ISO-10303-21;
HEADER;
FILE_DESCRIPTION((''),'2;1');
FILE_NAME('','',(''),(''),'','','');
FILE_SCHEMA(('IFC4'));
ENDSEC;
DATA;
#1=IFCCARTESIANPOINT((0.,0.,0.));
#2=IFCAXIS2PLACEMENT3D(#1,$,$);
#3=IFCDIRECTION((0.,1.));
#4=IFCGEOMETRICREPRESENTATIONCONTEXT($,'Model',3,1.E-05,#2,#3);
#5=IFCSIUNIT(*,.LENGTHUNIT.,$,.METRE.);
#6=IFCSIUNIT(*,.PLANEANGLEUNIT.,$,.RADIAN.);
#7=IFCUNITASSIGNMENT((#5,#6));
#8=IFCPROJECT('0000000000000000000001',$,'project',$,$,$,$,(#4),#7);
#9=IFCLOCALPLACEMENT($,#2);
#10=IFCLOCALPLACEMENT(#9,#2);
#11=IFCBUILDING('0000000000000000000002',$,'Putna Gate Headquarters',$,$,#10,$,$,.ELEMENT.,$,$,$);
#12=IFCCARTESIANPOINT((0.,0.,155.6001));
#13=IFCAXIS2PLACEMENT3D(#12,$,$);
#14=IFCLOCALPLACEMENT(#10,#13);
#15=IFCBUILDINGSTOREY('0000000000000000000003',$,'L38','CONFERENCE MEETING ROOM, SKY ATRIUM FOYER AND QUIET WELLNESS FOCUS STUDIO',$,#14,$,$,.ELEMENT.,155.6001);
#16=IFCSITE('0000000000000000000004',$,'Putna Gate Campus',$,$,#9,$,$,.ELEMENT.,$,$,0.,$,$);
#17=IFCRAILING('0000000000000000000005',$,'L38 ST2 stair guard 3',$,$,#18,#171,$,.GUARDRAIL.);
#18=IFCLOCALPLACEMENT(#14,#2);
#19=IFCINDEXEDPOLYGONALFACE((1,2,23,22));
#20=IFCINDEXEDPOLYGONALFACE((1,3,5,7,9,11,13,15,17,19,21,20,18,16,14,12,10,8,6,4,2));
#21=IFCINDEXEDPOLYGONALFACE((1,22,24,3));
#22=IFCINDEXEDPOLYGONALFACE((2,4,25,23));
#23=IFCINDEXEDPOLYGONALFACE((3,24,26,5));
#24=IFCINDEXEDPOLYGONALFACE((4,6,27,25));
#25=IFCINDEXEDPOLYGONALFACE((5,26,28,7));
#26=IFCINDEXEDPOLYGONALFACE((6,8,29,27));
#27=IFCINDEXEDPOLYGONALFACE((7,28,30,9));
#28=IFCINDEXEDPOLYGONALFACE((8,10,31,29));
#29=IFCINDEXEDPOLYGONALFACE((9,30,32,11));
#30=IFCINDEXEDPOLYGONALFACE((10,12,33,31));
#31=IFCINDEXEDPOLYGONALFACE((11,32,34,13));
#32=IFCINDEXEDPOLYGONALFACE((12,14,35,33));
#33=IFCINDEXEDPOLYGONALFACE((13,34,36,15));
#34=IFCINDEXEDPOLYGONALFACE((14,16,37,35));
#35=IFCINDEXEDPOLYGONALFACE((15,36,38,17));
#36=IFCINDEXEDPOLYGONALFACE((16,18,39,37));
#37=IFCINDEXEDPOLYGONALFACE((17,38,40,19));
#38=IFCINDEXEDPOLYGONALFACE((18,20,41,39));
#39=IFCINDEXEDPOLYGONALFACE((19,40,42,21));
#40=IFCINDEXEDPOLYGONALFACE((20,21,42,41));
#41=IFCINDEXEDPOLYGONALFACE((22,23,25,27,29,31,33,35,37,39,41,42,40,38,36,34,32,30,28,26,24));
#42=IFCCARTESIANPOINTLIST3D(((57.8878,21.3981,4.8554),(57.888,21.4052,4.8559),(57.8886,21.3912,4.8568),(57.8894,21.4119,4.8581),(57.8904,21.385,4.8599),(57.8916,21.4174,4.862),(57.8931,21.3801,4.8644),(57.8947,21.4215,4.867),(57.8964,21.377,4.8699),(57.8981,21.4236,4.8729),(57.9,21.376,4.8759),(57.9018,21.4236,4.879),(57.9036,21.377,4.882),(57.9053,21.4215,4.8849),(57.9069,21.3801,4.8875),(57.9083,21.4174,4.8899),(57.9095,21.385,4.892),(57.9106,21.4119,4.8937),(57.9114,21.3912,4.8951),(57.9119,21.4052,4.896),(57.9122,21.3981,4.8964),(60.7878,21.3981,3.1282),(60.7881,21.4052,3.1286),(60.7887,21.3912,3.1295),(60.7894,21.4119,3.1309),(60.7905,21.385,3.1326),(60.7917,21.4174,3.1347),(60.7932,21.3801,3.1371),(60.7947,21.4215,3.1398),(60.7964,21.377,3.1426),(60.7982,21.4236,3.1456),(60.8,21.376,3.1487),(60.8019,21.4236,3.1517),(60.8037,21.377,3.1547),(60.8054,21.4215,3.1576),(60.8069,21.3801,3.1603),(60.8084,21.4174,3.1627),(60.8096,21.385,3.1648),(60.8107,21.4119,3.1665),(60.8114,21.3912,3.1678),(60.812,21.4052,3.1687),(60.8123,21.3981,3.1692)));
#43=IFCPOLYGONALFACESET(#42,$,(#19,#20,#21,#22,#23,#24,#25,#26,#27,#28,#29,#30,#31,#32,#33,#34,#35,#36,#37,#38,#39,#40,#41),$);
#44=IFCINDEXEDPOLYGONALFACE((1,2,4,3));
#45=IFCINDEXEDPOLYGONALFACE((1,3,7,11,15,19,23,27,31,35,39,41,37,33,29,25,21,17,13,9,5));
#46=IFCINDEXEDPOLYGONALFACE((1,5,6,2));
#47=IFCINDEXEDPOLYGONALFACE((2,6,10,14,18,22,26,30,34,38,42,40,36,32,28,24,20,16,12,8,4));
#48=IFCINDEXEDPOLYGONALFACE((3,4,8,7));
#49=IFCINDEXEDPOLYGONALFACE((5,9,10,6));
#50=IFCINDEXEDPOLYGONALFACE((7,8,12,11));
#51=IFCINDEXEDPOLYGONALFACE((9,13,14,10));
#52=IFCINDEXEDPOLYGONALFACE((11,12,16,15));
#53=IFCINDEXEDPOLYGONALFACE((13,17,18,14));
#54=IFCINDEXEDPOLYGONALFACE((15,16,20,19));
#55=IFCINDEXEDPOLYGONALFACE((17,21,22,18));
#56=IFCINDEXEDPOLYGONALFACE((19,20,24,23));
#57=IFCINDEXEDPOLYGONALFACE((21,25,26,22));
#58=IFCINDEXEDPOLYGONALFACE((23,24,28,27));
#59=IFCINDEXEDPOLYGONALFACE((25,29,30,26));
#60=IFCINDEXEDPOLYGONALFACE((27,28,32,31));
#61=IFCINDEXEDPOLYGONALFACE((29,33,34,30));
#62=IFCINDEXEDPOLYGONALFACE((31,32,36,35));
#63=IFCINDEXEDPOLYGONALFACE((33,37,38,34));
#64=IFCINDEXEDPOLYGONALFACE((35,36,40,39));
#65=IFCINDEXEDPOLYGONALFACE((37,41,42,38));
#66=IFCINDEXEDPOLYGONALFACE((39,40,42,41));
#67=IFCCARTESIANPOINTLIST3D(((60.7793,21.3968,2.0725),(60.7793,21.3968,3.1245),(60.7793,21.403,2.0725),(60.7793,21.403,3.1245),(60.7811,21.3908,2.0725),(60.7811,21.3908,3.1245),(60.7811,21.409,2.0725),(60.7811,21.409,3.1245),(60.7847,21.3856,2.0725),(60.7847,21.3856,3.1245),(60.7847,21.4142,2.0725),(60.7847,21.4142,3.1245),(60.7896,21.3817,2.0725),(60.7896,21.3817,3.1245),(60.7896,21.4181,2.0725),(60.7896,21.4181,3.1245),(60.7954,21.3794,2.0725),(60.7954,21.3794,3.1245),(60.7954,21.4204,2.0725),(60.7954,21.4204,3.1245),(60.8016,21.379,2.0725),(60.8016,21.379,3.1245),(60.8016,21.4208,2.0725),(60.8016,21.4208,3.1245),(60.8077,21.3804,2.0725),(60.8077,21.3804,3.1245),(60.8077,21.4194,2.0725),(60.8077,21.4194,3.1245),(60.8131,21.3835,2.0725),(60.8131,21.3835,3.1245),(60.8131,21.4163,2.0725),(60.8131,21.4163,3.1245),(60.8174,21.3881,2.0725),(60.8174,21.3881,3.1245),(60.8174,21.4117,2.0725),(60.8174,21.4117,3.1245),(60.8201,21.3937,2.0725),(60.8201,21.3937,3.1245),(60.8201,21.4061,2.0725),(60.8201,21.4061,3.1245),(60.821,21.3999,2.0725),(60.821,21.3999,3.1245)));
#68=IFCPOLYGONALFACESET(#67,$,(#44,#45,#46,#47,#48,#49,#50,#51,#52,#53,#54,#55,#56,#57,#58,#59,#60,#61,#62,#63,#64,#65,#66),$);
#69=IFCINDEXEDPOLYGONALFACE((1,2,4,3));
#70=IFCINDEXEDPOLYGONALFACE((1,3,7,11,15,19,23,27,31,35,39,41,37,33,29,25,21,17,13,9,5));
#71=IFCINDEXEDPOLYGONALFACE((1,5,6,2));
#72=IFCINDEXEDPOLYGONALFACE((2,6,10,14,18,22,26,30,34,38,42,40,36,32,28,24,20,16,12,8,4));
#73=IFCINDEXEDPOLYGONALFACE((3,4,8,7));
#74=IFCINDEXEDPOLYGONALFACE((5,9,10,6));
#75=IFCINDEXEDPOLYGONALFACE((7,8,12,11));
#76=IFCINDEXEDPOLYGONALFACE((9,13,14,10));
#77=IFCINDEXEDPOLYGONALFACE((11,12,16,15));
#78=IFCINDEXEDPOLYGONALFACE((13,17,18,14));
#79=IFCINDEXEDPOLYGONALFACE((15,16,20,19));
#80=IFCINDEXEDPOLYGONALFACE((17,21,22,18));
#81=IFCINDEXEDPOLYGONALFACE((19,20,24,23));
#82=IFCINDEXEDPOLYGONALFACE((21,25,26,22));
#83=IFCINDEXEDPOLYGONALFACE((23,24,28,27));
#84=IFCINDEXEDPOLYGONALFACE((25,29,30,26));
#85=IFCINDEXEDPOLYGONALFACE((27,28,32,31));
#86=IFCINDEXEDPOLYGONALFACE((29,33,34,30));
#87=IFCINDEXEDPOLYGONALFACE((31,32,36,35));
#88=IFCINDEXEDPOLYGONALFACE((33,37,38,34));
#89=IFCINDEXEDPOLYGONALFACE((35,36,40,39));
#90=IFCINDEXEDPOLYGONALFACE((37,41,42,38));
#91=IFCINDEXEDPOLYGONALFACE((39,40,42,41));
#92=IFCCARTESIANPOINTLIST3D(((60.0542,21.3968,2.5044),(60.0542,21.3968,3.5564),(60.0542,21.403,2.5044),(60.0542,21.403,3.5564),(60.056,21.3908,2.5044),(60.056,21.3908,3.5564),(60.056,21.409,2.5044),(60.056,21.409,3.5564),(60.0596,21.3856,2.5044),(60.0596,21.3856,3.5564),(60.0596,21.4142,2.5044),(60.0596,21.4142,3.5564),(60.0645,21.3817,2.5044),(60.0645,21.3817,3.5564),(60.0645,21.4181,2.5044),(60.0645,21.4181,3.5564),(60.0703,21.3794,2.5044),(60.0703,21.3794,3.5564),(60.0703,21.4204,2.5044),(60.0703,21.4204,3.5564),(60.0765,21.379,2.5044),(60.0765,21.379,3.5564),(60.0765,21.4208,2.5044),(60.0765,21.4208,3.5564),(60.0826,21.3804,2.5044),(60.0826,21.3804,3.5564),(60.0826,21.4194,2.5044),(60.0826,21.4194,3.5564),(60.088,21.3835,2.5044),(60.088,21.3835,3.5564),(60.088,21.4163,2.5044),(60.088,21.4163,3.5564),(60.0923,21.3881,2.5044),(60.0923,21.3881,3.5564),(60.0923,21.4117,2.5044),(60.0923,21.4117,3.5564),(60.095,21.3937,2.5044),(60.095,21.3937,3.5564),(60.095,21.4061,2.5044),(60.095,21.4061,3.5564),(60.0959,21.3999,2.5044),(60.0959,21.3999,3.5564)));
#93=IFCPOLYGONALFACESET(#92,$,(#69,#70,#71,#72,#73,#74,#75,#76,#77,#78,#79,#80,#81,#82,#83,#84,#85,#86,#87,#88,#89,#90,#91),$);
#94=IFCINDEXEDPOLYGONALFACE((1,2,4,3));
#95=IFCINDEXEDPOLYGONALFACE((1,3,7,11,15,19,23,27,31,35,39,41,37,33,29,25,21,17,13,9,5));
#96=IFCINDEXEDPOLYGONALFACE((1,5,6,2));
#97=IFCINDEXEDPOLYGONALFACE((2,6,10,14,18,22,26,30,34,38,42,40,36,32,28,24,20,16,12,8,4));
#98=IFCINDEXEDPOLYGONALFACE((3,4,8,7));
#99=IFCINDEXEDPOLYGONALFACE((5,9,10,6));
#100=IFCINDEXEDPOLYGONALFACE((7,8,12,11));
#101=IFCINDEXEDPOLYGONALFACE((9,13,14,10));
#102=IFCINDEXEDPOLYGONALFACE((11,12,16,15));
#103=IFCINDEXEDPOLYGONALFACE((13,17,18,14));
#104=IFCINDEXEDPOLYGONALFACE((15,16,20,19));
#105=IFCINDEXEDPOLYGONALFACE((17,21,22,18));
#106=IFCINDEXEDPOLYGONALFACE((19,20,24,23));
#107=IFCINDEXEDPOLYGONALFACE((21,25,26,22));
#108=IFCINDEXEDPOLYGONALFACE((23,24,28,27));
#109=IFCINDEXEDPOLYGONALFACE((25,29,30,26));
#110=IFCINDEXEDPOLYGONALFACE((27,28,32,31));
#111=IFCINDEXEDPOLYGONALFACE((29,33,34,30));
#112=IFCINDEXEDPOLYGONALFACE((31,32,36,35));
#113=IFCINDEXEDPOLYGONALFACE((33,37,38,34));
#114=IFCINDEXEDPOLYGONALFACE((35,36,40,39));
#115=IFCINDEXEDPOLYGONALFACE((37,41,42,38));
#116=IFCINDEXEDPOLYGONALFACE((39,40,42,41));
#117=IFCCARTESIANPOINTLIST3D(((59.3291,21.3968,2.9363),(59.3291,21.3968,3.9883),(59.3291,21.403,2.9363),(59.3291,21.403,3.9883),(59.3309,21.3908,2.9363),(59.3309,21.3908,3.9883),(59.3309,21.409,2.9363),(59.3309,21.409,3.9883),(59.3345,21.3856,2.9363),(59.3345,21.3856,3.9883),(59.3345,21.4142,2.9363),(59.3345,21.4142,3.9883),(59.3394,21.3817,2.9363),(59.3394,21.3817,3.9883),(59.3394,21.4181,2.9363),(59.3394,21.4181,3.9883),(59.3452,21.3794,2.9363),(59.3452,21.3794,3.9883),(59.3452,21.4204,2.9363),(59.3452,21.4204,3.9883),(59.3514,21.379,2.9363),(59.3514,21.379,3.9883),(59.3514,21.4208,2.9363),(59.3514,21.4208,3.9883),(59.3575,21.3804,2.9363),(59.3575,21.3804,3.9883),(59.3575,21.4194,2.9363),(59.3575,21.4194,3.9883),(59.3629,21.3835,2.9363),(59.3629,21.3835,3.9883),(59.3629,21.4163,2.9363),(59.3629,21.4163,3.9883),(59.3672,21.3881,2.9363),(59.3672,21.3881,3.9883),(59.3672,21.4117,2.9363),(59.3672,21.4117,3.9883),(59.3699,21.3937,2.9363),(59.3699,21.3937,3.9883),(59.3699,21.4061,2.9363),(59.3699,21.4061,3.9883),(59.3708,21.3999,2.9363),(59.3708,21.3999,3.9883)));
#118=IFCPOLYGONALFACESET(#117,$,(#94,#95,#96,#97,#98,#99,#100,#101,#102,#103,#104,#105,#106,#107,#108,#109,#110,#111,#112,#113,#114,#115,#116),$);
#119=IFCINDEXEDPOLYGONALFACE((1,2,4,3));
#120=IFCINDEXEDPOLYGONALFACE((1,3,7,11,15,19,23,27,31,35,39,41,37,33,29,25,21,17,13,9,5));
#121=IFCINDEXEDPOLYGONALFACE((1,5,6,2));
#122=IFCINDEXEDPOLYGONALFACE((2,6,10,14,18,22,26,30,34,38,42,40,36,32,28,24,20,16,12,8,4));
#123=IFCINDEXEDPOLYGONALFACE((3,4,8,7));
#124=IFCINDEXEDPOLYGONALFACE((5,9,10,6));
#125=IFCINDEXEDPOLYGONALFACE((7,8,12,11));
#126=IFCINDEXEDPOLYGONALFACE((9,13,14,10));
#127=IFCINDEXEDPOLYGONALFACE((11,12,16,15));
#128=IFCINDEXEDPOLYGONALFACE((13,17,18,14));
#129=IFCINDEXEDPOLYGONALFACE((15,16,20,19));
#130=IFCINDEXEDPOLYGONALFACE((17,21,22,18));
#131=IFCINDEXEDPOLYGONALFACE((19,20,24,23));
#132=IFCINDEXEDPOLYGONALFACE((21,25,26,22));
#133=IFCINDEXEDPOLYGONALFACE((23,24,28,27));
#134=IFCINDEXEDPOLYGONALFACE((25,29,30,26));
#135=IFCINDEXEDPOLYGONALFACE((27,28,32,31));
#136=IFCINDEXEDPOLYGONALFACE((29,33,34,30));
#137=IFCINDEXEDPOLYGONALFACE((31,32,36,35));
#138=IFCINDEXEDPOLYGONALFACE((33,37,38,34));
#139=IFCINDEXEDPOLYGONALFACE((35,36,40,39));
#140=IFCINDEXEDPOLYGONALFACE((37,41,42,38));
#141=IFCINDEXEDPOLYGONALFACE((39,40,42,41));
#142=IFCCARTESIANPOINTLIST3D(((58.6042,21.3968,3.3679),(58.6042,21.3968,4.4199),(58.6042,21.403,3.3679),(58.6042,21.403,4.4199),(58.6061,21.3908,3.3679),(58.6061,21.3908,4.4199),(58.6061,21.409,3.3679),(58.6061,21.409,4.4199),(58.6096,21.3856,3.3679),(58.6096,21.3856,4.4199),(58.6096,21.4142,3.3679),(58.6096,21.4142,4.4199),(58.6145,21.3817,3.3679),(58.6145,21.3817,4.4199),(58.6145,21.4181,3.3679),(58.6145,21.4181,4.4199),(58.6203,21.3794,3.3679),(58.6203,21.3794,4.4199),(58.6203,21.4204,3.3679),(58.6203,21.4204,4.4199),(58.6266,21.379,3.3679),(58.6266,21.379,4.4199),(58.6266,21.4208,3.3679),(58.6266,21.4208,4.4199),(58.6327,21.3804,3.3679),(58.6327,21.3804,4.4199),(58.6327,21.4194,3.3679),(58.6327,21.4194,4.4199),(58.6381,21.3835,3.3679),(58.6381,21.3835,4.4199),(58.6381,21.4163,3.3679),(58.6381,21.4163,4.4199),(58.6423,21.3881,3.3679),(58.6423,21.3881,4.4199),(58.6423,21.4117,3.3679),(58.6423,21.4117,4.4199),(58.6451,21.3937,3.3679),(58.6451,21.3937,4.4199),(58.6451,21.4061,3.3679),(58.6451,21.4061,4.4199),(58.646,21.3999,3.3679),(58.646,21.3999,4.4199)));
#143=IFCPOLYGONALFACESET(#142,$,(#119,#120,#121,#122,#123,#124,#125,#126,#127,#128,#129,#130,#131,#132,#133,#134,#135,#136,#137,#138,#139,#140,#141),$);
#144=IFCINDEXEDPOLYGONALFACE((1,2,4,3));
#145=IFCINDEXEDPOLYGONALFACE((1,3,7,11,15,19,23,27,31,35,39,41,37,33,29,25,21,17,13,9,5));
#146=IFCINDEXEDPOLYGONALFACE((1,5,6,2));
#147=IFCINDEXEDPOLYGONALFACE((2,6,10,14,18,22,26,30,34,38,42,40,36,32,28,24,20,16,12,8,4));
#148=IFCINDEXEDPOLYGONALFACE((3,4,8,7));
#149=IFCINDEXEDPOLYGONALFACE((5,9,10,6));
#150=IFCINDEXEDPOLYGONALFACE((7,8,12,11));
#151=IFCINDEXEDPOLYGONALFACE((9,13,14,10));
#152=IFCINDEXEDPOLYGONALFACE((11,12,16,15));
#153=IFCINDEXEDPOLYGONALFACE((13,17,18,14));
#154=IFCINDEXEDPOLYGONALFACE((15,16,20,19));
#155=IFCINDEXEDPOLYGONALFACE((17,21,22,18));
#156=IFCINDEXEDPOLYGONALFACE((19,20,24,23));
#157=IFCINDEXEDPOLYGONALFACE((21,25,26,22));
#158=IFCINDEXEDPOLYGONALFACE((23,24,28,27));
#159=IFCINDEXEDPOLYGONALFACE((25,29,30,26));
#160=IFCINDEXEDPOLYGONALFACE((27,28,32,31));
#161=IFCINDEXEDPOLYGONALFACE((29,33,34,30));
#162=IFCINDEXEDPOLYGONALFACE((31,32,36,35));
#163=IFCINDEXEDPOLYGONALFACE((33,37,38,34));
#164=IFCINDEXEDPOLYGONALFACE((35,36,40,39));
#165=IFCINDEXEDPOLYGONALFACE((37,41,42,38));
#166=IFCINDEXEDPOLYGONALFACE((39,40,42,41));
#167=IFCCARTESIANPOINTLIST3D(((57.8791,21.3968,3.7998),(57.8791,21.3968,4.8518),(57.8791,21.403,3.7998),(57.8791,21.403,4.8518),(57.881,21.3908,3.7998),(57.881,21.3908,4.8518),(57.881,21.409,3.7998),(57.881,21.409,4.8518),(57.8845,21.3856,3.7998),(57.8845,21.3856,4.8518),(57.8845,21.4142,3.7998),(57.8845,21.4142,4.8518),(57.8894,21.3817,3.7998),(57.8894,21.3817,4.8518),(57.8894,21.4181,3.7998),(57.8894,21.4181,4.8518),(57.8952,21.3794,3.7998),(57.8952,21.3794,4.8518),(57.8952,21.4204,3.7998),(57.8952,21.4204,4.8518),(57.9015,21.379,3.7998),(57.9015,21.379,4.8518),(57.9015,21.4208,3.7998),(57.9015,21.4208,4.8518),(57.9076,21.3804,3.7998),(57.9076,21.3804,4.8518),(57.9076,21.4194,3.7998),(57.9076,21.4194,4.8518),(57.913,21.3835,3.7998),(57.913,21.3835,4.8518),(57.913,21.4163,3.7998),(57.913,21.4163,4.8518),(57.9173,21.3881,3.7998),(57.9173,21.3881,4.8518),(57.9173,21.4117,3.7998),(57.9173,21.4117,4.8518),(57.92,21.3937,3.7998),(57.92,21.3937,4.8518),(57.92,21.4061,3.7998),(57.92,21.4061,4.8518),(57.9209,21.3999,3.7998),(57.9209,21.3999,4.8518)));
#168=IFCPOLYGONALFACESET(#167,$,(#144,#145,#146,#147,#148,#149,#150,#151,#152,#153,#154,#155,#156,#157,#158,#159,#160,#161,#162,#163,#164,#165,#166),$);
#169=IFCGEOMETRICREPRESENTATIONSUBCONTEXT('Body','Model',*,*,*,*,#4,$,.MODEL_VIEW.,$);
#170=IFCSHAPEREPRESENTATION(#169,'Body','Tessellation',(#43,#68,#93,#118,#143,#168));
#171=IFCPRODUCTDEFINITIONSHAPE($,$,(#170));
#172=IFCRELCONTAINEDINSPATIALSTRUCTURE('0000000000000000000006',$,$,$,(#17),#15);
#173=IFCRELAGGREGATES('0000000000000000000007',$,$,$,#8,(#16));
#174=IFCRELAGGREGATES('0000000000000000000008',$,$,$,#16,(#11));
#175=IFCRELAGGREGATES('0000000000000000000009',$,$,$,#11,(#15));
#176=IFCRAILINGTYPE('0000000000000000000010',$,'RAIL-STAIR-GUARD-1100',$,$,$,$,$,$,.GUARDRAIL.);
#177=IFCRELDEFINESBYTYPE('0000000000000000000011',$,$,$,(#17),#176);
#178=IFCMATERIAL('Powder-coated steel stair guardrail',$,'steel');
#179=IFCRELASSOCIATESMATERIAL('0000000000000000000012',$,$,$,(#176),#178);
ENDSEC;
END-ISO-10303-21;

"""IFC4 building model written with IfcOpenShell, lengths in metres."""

from ifc_helpers import new_model, si_unit, direction, frame, origin, origin_2d, place, context, subcontext, project, spatial, circle, extrude, material, type_object, element, save


model = new_model("IFC4")

# Units and contexts
model_context = context("Model", 3, precision=1e-05, world=origin(), true_north=direction((0.0, 1.0)))
body_context = subcontext(model_context, "Body", "Model", "MODEL_VIEW")
ifc_project = project(units=[si_unit("LENGTHUNIT", "METRE"), si_unit("PLANEANGLEUNIT", "RADIAN")], contexts=[model_context])

# Site, building, storey
site_placement = place(None, origin())
site = spatial("IfcSite", under=ifc_project, at=site_placement, Name="Putna Gate Campus", CompositionType="ELEMENT", RefElevation=0.0)
building_placement = place(site_placement, origin())
building = spatial("IfcBuilding", under=site, at=building_placement, Name="Putna Gate Headquarters", CompositionType="ELEMENT")
storey_placement = place(building_placement, frame((0.0, 0.0, 155.6001)))
storey = spatial("IfcBuildingStorey", under=building, at=storey_placement, Name="L38", Description="CONFERENCE MEETING ROOM, SKY ATRIUM FOYER AND QUIET WELLNESS FOCUS STUDIO", CompositionType="ELEMENT", Elevation=155.6001)

# Railing
ifc_material_1 = material(Name="Powder-coated steel stair guardrail", Category="steel")
railing_type_1 = type_object("IfcRailingType", Name="RAIL-STAIR-GUARD-1100", PredefinedType="GUARDRAIL", material=ifc_material_1)
railing_1_placement = place(storey_placement, frame((60.8, 21.3999, 2.0725)))
element("IfcRailing", 1, at=railing_1_placement, inside=storey, type_object=railing_type_1, Name="L38 ST2 stair guard 3", PredefinedType="GUARDRAIL", context=body_context, shape_type="SweptSolid", body=[
    extrude(circle(Radius=0.0239, at=origin_2d()), frame((0.0, 0.0, 1.0762), z_axis=(-0.85916, 0.0, 0.511706), x_axis=(0.0, -1.0, 0.0)), (0.0, 0.0, 1.0), 3.3755),
    extrude(circle(Radius=0.021, at=origin_2d()), origin(), (0.0, 0.0, 1.0), 1.052),
    extrude(circle(Radius=0.021, at=origin_2d()), frame((-0.7251, 0.0, 0.4319)), (0.0, 0.0, 1.0), 1.052),
    extrude(circle(Radius=0.021, at=origin_2d()), frame((-1.4502, 0.0, 0.8638)), (0.0, 0.0, 1.0), 1.052),
    extrude(circle(Radius=0.021, at=origin_2d()), frame((-2.175, 0.0, 1.2954)), (0.0, 0.0, 1.0), 1.052),
    extrude(circle(Radius=0.021, at=origin_2d()), frame((-2.9001, 0.0, 1.7273)), (0.0, 0.0, 1.0), 1.052),
])

save(model, "model.ifc")
